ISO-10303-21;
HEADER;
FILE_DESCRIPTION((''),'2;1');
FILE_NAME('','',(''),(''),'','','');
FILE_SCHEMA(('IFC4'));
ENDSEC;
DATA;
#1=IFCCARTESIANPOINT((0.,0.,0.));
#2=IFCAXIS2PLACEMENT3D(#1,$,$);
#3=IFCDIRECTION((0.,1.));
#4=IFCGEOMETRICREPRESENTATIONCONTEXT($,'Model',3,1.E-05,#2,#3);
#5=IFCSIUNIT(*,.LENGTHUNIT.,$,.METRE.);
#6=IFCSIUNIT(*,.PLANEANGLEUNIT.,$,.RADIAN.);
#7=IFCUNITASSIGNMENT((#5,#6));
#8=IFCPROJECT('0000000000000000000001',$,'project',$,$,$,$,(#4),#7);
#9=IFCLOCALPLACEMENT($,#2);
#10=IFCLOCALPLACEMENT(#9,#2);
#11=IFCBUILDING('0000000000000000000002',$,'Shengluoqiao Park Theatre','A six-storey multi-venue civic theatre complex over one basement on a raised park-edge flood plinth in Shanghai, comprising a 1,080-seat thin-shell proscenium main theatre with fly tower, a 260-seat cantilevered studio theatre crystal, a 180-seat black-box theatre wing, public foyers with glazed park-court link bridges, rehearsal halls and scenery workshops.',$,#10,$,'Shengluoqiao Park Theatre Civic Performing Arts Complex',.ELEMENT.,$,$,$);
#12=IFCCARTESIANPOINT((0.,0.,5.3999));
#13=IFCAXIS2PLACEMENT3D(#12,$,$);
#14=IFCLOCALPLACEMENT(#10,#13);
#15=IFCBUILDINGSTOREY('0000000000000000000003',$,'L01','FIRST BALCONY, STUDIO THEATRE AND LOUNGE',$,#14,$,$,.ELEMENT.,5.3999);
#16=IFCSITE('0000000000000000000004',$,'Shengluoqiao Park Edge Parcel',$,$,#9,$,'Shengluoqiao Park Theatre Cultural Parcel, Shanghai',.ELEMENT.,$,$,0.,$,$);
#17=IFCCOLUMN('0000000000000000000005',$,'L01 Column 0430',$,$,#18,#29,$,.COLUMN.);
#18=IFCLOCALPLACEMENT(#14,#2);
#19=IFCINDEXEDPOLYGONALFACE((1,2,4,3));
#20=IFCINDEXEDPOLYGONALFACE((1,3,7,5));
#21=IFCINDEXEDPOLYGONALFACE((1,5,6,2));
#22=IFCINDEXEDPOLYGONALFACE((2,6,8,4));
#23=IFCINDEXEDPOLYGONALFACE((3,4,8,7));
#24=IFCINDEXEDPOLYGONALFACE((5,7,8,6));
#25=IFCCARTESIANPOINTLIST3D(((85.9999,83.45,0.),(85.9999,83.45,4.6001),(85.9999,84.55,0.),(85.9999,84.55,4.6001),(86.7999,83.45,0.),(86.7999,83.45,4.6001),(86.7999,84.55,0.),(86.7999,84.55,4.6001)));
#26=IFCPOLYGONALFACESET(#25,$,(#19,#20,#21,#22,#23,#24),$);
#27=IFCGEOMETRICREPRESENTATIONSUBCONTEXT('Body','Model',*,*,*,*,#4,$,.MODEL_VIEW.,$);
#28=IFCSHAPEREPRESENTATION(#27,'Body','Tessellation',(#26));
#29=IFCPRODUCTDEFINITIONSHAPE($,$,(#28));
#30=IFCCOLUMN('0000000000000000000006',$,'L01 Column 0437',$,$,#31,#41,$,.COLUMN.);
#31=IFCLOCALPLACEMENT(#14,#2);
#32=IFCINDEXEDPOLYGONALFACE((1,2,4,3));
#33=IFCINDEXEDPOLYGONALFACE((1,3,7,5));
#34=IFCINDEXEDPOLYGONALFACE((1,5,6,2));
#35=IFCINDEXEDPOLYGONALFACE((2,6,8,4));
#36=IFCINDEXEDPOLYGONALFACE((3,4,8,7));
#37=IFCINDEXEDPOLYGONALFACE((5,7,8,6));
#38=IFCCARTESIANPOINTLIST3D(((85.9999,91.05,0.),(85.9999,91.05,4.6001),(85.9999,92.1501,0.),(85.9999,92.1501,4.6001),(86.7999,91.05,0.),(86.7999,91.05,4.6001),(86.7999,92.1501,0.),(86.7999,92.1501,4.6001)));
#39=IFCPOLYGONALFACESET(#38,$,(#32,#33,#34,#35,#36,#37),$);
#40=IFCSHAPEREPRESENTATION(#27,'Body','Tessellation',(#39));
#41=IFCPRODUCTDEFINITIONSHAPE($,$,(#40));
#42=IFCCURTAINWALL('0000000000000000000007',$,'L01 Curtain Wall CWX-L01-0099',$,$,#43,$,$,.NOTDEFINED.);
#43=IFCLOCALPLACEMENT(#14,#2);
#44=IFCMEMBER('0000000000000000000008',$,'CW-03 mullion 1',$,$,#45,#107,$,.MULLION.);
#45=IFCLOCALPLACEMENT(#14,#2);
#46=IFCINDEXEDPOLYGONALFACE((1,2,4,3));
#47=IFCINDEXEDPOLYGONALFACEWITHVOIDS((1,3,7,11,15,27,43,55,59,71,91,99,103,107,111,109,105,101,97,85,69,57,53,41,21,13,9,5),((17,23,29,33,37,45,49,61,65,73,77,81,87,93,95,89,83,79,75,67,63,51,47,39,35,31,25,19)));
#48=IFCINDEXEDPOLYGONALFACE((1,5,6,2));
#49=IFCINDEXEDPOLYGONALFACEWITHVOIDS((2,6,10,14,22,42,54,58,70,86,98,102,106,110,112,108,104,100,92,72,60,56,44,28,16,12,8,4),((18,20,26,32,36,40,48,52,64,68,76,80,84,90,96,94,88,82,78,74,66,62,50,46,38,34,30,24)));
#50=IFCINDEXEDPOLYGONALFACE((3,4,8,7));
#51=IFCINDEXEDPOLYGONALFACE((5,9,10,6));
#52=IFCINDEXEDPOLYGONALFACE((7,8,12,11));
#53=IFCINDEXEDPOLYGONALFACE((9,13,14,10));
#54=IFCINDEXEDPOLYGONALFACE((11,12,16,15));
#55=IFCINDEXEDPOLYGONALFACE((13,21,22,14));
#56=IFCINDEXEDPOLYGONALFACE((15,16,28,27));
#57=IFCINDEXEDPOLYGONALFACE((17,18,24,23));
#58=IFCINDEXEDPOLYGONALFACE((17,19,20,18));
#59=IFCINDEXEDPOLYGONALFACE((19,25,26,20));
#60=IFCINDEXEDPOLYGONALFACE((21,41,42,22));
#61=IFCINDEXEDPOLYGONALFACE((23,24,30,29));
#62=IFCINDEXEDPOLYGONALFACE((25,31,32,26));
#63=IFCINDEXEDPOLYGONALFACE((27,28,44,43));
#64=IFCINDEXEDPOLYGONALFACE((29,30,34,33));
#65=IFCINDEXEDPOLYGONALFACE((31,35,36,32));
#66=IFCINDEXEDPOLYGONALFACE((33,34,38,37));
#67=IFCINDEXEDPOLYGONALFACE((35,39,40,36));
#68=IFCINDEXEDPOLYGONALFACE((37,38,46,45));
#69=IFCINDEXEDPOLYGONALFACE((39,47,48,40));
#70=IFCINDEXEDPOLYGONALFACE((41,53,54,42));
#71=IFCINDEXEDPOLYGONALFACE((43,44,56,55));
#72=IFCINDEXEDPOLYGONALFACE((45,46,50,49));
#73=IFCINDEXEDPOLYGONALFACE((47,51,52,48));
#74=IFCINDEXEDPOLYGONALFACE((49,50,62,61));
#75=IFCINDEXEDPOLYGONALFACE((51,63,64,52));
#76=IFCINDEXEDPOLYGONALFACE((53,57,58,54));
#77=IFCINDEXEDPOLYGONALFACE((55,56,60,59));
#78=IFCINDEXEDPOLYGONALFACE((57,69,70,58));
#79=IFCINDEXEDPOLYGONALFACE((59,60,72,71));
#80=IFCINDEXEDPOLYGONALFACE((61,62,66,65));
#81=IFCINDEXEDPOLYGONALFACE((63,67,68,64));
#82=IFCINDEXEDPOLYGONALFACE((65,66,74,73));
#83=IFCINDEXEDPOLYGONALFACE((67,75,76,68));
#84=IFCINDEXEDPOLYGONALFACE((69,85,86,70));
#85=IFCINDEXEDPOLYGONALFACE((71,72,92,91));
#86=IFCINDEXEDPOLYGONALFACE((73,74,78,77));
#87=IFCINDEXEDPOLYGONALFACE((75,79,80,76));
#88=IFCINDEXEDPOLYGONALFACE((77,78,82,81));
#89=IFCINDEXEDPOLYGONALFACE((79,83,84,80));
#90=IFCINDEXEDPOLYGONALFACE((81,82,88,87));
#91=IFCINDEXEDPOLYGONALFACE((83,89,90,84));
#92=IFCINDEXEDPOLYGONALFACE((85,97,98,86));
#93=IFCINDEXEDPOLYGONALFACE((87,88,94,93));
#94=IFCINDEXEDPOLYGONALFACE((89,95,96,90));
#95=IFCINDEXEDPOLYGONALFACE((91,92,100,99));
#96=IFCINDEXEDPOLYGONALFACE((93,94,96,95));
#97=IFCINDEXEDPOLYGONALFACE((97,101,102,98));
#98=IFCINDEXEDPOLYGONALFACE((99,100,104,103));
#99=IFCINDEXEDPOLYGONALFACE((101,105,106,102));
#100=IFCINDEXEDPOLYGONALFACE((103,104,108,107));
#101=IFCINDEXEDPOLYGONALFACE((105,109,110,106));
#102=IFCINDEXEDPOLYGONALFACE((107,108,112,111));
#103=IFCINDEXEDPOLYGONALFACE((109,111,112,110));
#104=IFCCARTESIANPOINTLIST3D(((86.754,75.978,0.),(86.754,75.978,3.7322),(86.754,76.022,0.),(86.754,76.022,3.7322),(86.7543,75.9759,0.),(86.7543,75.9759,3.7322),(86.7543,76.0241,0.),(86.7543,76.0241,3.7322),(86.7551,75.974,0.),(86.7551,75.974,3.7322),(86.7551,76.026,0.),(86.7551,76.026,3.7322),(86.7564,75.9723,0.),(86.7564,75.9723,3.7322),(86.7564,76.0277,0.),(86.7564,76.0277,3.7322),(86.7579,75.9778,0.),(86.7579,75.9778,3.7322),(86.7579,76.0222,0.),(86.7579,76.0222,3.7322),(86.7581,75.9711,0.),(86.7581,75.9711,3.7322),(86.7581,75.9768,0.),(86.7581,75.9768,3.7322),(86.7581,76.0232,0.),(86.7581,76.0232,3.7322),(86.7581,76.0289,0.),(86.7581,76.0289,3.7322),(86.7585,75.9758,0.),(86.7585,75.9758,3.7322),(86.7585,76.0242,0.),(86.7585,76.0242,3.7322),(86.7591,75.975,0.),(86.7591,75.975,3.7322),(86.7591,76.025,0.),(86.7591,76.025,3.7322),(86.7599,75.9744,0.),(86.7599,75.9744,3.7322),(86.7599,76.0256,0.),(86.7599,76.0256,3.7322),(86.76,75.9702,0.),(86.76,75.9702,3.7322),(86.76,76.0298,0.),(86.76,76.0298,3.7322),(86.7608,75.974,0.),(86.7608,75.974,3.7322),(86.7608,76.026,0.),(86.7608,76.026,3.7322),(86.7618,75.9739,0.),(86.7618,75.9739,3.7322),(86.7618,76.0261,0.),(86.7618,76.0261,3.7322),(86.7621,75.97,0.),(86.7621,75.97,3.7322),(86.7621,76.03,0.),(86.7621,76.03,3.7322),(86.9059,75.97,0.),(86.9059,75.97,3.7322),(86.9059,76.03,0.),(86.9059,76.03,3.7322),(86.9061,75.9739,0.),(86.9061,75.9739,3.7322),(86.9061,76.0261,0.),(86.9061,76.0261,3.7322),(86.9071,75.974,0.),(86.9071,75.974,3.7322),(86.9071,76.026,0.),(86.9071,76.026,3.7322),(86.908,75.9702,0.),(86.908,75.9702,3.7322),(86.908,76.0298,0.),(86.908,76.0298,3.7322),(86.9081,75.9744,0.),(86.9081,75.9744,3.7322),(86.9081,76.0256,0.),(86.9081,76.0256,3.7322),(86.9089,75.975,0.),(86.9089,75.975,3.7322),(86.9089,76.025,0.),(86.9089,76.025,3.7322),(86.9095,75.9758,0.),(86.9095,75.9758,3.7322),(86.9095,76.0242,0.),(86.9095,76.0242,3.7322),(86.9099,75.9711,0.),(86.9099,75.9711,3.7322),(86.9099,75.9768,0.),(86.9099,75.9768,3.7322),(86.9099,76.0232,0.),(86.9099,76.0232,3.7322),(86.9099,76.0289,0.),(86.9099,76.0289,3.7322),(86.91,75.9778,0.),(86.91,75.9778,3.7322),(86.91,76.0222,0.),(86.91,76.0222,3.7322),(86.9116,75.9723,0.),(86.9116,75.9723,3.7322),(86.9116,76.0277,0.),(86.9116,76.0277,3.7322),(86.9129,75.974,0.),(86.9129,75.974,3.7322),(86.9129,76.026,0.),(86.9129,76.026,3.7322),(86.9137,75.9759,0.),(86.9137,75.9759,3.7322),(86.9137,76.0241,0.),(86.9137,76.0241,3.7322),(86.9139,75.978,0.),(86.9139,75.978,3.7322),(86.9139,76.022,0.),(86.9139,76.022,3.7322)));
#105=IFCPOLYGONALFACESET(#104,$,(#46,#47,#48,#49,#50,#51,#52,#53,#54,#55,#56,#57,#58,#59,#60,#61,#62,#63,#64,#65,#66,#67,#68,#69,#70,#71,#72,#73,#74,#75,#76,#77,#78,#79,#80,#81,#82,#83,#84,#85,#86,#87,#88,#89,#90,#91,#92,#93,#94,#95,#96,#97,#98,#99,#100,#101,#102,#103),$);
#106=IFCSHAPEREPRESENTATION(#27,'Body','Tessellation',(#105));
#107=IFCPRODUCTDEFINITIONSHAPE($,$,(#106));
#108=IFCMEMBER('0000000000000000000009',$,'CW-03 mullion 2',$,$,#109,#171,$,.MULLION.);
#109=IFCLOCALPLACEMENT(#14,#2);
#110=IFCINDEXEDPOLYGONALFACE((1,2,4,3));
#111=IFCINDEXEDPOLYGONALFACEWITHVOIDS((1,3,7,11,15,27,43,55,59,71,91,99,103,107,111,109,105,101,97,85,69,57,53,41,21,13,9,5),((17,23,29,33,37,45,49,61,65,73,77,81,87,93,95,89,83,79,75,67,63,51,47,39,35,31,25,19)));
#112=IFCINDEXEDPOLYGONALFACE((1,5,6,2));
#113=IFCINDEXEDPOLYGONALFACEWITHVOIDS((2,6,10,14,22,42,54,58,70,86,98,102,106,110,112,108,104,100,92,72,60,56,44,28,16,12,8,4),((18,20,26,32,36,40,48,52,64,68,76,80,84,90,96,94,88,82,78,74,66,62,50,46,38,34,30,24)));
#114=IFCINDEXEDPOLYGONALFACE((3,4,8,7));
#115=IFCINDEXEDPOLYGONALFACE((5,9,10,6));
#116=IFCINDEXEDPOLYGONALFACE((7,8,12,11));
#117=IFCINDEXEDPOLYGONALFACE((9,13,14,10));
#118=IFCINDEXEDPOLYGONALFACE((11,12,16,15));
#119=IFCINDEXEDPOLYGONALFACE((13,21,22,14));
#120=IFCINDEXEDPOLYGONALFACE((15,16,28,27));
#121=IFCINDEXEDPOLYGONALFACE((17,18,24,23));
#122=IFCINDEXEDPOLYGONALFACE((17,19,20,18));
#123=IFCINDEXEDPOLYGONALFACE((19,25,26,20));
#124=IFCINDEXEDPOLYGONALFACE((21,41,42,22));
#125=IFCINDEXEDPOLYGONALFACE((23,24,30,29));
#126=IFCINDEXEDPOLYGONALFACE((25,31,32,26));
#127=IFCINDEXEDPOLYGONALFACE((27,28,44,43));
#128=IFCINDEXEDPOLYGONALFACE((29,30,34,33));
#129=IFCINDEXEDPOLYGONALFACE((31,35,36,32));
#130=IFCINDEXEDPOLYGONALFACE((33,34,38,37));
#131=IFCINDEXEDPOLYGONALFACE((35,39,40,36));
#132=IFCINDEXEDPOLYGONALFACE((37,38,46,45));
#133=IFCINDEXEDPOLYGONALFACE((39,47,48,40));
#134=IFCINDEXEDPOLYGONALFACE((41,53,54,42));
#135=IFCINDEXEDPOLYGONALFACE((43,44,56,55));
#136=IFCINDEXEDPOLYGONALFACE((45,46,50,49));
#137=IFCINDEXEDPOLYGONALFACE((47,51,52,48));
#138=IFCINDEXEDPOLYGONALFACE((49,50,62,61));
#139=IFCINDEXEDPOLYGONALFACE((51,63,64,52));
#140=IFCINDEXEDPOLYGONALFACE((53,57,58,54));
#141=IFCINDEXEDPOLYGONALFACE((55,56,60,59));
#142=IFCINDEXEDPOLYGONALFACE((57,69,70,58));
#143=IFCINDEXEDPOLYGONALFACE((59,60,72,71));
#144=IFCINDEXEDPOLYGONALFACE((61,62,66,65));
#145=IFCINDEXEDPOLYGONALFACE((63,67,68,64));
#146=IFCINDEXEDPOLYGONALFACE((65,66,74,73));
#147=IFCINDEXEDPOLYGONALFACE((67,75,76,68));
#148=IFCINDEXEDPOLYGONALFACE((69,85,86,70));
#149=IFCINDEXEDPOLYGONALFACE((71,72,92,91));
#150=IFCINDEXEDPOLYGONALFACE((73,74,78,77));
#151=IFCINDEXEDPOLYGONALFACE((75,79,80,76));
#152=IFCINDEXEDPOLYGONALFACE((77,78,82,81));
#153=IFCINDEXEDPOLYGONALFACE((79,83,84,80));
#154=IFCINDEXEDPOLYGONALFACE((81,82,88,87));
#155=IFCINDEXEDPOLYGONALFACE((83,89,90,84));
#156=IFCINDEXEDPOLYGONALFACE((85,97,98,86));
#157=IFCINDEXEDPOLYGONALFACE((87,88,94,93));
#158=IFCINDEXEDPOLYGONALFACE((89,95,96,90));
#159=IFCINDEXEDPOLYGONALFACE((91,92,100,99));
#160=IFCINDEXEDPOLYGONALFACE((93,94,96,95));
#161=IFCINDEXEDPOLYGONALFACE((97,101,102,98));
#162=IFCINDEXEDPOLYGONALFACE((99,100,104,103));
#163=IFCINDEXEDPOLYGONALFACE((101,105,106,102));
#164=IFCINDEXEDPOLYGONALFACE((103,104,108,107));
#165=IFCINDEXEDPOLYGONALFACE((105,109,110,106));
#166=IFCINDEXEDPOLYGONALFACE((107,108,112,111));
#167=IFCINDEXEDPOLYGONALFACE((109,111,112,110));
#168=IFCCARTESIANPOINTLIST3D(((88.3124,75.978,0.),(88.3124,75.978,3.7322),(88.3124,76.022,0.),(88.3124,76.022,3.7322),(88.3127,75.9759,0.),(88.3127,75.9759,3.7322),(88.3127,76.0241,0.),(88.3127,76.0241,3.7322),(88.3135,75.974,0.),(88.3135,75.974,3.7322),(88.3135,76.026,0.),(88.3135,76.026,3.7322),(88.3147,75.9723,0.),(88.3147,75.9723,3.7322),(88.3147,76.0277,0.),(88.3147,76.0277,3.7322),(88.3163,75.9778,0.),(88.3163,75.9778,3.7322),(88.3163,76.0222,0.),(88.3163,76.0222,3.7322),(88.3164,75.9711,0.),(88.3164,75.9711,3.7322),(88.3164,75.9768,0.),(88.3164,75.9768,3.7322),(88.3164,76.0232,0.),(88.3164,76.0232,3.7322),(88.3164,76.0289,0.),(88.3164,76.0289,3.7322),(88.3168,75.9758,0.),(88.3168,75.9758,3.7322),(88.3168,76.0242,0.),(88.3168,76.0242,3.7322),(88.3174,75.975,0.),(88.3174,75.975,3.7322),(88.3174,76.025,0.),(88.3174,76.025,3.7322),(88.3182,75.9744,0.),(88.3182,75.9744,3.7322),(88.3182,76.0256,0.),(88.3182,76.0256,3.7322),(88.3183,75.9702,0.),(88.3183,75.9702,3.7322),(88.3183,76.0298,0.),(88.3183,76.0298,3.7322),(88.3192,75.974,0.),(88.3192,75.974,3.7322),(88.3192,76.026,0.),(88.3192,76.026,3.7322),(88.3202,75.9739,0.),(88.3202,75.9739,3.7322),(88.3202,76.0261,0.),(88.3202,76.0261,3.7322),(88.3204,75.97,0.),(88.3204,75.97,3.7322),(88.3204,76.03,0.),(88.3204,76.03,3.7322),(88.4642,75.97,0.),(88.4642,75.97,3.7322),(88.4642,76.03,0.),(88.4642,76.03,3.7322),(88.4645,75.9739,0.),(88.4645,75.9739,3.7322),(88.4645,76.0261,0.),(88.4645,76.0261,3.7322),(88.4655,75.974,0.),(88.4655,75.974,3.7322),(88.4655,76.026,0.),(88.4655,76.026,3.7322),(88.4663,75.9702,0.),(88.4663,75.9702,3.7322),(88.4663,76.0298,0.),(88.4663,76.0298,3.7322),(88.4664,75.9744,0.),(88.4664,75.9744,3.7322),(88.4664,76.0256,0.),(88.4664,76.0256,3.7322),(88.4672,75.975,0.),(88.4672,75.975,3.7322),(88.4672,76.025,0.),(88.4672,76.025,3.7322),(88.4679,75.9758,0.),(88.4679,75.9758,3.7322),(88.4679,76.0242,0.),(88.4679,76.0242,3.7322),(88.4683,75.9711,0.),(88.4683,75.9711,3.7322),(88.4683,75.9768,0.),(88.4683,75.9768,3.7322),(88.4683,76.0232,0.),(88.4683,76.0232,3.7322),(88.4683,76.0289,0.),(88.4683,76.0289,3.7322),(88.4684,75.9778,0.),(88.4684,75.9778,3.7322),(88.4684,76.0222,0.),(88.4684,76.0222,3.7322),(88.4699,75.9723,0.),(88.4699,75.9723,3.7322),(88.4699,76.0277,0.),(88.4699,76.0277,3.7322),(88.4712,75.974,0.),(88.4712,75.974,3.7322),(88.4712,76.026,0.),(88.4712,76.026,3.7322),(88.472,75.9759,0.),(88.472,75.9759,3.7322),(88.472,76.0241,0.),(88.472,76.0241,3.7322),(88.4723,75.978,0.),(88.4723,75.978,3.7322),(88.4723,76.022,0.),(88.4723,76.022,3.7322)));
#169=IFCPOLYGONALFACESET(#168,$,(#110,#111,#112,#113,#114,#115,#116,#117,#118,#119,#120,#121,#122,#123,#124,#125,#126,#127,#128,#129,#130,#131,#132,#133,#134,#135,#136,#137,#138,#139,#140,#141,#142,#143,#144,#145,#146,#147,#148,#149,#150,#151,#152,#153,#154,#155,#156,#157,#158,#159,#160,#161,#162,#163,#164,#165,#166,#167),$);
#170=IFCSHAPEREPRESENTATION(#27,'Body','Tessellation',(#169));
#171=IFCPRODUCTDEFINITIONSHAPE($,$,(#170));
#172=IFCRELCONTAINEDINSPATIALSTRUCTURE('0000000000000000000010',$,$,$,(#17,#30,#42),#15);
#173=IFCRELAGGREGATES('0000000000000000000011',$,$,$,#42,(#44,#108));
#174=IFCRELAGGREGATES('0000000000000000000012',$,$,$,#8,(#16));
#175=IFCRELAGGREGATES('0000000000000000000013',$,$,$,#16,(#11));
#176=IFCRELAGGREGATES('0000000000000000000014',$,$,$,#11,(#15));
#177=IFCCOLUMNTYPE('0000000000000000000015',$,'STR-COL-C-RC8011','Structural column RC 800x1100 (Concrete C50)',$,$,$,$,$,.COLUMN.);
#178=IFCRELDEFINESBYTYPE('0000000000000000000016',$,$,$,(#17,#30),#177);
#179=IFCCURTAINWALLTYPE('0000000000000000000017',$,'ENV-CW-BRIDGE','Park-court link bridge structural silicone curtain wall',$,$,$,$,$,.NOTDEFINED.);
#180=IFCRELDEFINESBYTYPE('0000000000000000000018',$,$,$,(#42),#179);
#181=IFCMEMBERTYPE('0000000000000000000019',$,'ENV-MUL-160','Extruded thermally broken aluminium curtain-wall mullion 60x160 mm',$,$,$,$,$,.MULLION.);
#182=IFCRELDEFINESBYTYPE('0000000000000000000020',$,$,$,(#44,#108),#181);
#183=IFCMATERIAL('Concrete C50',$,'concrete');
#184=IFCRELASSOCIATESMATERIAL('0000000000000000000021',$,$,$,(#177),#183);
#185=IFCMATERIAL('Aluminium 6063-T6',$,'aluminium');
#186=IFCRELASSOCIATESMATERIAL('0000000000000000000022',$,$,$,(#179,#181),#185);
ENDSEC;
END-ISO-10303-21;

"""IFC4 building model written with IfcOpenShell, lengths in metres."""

from ifc_helpers import new_model, si_unit, direction, frame, origin, origin_2d, place, context, subcontext, project, spatial, rectangle, hollow_rectangle, extrude, material, material_profile, profile_set, type_object, element, aggregate, save


model = new_model("IFC4")

# Units and contexts
model_context = context("Model", 3, precision=1e-05, world=origin(), true_north=direction((0.0, 1.0)))
body_context = subcontext(model_context, "Body", "Model", "MODEL_VIEW")
ifc_project = project(units=[si_unit("LENGTHUNIT", "METRE"), si_unit("PLANEANGLEUNIT", "RADIAN")], contexts=[model_context])

# Site, building, storey
site_placement = place(None, origin())
site = spatial("IfcSite", under=ifc_project, at=site_placement, Name="Shengluoqiao Park Edge Parcel", LongName="Shengluoqiao Park Theatre Cultural Parcel, Shanghai", CompositionType="ELEMENT", RefElevation=0.0)
building_placement = place(site_placement, origin())
building = spatial("IfcBuilding", under=site, at=building_placement, Name="Shengluoqiao Park Theatre", Description="A six-storey multi-venue civic theatre complex over one basement on a raised park-edge flood plinth in Shanghai, comprising a 1,080-seat thin-shell proscenium main theatre with fly tower, a 260-seat cantilevered studio theatre crystal, a 180-seat black-box theatre wing, public foyers with glazed park-court link bridges, rehearsal halls and scenery workshops.", LongName="Shengluoqiao Park Theatre Civic Performing Arts Complex", CompositionType="ELEMENT")
storey_placement = place(building_placement, frame((0.0, 0.0, 5.3999)))
storey = spatial("IfcBuildingStorey", under=building, at=storey_placement, Name="L01", Description="FIRST BALCONY, STUDIO THEATRE AND LOUNGE", CompositionType="ELEMENT", Elevation=5.3999)

# Columns
ifc_material_1 = material(Name="Concrete C50", Category="concrete")
ifc_material_profile_1 = material_profile(ifc_material_1, rectangle(XDim=0.8, YDim=1.1001, at=origin_2d()), Name="RC 800x1100")
ifc_profile_set_1 = profile_set([ifc_material_profile_1], Name="Concrete C50")
column_type = type_object("IfcColumnType", Name="STR-COL-C-RC8011", Description="Structural column RC 800x1100 (Concrete C50)", PredefinedType="COLUMN", material=ifc_profile_set_1)
for number, where, z_axis, x_axis, name in (
    (1, (86.3999, 84.0, 0.0), (0.0, 0.0, 1.0), (1.0, 0.0, 0.0), "L01 Column 0430"),
    (2, (86.3999, 91.6001, 0.0), (0.0, 0.0, 1.0), (1.0, 0.0, 0.0), "L01 Column 0437"),
):
    element("IfcColumn", number, at=place(storey_placement, frame(where, z_axis=z_axis, x_axis=x_axis)), inside=storey, type_object=column_type, Name=name, PredefinedType="COLUMN", context=body_context, shape_type="SweptSolid", body=[
        extrude(rectangle(XDim=0.8, YDim=1.1001, at=origin_2d()), origin(), (0.0, 0.0, 1.0), 4.6001),
    ])

# Curtain wall, members
ifc_material_2 = material(Name="Aluminium 6063-T6", Category="aluminium")
curtain_wall_type = type_object("IfcCurtainWallType", Name="ENV-CW-BRIDGE", Description="Park-court link bridge structural silicone curtain wall", PredefinedType="NOTDEFINED", material=ifc_material_2)
curtain_wall_placement = place(storey_placement, origin())
curtain_wall = element("IfcCurtainWall", 3, at=curtain_wall_placement, inside=storey, type_object=curtain_wall_type, Name="L01 Curtain Wall CWX-L01-0099", PredefinedType="NOTDEFINED")
ifc_material_profile_2 = material_profile(ifc_material_2, hollow_rectangle(XDim=0.0601, YDim=0.1599, WallThickness=0.0039, InnerFilletRadius=0.0039, OuterFilletRadius=0.0081, at=origin_2d()), Name="ALU MULLION 160x60x4")
ifc_profile_set_2 = profile_set([ifc_material_profile_2], Name="Aluminium 6063-T6")
member_type_1 = type_object("IfcMemberType", Name="ENV-MUL-160", Description="Extruded thermally broken aluminium curtain-wall mullion 60x160 mm", PredefinedType="MULLION", material=ifc_profile_set_2)
member_1_placement = place(storey_placement, frame((86.834, 76.0, 0.0), z_axis=(0.0, 0.0, 1.0), x_axis=(0.0, 1.0, 0.0)))
member_1 = element("IfcMember", 4, at=member_1_placement, type_object=member_type_1, Name="CW-03 mullion 1", PredefinedType="MULLION", context=body_context, shape_type="SweptSolid", body=[
    extrude(hollow_rectangle(XDim=0.0601, YDim=0.1599, WallThickness=0.0039, InnerFilletRadius=0.0039, OuterFilletRadius=0.0081, at=origin_2d()), origin(), (0.0, 0.0, 1.0), 3.7322),
])
member_2_placement = place(storey_placement, frame((88.3923, 76.0, 0.0), z_axis=(0.0, 0.0, 1.0), x_axis=(0.0, 1.0, 0.0)))
member_2 = element("IfcMember", 5, at=member_2_placement, type_object=member_type_1, Name="CW-03 mullion 2", PredefinedType="MULLION", context=body_context, shape_type="SweptSolid", body=[
    extrude(hollow_rectangle(XDim=0.0601, YDim=0.1599, WallThickness=0.0039, InnerFilletRadius=0.0039, OuterFilletRadius=0.0081, at=origin_2d()), origin(), (0.0, 0.0, 1.0), 3.7322),
])

aggregate(curtain_wall, [member_1, member_2])

save(model, "model.ifc")
